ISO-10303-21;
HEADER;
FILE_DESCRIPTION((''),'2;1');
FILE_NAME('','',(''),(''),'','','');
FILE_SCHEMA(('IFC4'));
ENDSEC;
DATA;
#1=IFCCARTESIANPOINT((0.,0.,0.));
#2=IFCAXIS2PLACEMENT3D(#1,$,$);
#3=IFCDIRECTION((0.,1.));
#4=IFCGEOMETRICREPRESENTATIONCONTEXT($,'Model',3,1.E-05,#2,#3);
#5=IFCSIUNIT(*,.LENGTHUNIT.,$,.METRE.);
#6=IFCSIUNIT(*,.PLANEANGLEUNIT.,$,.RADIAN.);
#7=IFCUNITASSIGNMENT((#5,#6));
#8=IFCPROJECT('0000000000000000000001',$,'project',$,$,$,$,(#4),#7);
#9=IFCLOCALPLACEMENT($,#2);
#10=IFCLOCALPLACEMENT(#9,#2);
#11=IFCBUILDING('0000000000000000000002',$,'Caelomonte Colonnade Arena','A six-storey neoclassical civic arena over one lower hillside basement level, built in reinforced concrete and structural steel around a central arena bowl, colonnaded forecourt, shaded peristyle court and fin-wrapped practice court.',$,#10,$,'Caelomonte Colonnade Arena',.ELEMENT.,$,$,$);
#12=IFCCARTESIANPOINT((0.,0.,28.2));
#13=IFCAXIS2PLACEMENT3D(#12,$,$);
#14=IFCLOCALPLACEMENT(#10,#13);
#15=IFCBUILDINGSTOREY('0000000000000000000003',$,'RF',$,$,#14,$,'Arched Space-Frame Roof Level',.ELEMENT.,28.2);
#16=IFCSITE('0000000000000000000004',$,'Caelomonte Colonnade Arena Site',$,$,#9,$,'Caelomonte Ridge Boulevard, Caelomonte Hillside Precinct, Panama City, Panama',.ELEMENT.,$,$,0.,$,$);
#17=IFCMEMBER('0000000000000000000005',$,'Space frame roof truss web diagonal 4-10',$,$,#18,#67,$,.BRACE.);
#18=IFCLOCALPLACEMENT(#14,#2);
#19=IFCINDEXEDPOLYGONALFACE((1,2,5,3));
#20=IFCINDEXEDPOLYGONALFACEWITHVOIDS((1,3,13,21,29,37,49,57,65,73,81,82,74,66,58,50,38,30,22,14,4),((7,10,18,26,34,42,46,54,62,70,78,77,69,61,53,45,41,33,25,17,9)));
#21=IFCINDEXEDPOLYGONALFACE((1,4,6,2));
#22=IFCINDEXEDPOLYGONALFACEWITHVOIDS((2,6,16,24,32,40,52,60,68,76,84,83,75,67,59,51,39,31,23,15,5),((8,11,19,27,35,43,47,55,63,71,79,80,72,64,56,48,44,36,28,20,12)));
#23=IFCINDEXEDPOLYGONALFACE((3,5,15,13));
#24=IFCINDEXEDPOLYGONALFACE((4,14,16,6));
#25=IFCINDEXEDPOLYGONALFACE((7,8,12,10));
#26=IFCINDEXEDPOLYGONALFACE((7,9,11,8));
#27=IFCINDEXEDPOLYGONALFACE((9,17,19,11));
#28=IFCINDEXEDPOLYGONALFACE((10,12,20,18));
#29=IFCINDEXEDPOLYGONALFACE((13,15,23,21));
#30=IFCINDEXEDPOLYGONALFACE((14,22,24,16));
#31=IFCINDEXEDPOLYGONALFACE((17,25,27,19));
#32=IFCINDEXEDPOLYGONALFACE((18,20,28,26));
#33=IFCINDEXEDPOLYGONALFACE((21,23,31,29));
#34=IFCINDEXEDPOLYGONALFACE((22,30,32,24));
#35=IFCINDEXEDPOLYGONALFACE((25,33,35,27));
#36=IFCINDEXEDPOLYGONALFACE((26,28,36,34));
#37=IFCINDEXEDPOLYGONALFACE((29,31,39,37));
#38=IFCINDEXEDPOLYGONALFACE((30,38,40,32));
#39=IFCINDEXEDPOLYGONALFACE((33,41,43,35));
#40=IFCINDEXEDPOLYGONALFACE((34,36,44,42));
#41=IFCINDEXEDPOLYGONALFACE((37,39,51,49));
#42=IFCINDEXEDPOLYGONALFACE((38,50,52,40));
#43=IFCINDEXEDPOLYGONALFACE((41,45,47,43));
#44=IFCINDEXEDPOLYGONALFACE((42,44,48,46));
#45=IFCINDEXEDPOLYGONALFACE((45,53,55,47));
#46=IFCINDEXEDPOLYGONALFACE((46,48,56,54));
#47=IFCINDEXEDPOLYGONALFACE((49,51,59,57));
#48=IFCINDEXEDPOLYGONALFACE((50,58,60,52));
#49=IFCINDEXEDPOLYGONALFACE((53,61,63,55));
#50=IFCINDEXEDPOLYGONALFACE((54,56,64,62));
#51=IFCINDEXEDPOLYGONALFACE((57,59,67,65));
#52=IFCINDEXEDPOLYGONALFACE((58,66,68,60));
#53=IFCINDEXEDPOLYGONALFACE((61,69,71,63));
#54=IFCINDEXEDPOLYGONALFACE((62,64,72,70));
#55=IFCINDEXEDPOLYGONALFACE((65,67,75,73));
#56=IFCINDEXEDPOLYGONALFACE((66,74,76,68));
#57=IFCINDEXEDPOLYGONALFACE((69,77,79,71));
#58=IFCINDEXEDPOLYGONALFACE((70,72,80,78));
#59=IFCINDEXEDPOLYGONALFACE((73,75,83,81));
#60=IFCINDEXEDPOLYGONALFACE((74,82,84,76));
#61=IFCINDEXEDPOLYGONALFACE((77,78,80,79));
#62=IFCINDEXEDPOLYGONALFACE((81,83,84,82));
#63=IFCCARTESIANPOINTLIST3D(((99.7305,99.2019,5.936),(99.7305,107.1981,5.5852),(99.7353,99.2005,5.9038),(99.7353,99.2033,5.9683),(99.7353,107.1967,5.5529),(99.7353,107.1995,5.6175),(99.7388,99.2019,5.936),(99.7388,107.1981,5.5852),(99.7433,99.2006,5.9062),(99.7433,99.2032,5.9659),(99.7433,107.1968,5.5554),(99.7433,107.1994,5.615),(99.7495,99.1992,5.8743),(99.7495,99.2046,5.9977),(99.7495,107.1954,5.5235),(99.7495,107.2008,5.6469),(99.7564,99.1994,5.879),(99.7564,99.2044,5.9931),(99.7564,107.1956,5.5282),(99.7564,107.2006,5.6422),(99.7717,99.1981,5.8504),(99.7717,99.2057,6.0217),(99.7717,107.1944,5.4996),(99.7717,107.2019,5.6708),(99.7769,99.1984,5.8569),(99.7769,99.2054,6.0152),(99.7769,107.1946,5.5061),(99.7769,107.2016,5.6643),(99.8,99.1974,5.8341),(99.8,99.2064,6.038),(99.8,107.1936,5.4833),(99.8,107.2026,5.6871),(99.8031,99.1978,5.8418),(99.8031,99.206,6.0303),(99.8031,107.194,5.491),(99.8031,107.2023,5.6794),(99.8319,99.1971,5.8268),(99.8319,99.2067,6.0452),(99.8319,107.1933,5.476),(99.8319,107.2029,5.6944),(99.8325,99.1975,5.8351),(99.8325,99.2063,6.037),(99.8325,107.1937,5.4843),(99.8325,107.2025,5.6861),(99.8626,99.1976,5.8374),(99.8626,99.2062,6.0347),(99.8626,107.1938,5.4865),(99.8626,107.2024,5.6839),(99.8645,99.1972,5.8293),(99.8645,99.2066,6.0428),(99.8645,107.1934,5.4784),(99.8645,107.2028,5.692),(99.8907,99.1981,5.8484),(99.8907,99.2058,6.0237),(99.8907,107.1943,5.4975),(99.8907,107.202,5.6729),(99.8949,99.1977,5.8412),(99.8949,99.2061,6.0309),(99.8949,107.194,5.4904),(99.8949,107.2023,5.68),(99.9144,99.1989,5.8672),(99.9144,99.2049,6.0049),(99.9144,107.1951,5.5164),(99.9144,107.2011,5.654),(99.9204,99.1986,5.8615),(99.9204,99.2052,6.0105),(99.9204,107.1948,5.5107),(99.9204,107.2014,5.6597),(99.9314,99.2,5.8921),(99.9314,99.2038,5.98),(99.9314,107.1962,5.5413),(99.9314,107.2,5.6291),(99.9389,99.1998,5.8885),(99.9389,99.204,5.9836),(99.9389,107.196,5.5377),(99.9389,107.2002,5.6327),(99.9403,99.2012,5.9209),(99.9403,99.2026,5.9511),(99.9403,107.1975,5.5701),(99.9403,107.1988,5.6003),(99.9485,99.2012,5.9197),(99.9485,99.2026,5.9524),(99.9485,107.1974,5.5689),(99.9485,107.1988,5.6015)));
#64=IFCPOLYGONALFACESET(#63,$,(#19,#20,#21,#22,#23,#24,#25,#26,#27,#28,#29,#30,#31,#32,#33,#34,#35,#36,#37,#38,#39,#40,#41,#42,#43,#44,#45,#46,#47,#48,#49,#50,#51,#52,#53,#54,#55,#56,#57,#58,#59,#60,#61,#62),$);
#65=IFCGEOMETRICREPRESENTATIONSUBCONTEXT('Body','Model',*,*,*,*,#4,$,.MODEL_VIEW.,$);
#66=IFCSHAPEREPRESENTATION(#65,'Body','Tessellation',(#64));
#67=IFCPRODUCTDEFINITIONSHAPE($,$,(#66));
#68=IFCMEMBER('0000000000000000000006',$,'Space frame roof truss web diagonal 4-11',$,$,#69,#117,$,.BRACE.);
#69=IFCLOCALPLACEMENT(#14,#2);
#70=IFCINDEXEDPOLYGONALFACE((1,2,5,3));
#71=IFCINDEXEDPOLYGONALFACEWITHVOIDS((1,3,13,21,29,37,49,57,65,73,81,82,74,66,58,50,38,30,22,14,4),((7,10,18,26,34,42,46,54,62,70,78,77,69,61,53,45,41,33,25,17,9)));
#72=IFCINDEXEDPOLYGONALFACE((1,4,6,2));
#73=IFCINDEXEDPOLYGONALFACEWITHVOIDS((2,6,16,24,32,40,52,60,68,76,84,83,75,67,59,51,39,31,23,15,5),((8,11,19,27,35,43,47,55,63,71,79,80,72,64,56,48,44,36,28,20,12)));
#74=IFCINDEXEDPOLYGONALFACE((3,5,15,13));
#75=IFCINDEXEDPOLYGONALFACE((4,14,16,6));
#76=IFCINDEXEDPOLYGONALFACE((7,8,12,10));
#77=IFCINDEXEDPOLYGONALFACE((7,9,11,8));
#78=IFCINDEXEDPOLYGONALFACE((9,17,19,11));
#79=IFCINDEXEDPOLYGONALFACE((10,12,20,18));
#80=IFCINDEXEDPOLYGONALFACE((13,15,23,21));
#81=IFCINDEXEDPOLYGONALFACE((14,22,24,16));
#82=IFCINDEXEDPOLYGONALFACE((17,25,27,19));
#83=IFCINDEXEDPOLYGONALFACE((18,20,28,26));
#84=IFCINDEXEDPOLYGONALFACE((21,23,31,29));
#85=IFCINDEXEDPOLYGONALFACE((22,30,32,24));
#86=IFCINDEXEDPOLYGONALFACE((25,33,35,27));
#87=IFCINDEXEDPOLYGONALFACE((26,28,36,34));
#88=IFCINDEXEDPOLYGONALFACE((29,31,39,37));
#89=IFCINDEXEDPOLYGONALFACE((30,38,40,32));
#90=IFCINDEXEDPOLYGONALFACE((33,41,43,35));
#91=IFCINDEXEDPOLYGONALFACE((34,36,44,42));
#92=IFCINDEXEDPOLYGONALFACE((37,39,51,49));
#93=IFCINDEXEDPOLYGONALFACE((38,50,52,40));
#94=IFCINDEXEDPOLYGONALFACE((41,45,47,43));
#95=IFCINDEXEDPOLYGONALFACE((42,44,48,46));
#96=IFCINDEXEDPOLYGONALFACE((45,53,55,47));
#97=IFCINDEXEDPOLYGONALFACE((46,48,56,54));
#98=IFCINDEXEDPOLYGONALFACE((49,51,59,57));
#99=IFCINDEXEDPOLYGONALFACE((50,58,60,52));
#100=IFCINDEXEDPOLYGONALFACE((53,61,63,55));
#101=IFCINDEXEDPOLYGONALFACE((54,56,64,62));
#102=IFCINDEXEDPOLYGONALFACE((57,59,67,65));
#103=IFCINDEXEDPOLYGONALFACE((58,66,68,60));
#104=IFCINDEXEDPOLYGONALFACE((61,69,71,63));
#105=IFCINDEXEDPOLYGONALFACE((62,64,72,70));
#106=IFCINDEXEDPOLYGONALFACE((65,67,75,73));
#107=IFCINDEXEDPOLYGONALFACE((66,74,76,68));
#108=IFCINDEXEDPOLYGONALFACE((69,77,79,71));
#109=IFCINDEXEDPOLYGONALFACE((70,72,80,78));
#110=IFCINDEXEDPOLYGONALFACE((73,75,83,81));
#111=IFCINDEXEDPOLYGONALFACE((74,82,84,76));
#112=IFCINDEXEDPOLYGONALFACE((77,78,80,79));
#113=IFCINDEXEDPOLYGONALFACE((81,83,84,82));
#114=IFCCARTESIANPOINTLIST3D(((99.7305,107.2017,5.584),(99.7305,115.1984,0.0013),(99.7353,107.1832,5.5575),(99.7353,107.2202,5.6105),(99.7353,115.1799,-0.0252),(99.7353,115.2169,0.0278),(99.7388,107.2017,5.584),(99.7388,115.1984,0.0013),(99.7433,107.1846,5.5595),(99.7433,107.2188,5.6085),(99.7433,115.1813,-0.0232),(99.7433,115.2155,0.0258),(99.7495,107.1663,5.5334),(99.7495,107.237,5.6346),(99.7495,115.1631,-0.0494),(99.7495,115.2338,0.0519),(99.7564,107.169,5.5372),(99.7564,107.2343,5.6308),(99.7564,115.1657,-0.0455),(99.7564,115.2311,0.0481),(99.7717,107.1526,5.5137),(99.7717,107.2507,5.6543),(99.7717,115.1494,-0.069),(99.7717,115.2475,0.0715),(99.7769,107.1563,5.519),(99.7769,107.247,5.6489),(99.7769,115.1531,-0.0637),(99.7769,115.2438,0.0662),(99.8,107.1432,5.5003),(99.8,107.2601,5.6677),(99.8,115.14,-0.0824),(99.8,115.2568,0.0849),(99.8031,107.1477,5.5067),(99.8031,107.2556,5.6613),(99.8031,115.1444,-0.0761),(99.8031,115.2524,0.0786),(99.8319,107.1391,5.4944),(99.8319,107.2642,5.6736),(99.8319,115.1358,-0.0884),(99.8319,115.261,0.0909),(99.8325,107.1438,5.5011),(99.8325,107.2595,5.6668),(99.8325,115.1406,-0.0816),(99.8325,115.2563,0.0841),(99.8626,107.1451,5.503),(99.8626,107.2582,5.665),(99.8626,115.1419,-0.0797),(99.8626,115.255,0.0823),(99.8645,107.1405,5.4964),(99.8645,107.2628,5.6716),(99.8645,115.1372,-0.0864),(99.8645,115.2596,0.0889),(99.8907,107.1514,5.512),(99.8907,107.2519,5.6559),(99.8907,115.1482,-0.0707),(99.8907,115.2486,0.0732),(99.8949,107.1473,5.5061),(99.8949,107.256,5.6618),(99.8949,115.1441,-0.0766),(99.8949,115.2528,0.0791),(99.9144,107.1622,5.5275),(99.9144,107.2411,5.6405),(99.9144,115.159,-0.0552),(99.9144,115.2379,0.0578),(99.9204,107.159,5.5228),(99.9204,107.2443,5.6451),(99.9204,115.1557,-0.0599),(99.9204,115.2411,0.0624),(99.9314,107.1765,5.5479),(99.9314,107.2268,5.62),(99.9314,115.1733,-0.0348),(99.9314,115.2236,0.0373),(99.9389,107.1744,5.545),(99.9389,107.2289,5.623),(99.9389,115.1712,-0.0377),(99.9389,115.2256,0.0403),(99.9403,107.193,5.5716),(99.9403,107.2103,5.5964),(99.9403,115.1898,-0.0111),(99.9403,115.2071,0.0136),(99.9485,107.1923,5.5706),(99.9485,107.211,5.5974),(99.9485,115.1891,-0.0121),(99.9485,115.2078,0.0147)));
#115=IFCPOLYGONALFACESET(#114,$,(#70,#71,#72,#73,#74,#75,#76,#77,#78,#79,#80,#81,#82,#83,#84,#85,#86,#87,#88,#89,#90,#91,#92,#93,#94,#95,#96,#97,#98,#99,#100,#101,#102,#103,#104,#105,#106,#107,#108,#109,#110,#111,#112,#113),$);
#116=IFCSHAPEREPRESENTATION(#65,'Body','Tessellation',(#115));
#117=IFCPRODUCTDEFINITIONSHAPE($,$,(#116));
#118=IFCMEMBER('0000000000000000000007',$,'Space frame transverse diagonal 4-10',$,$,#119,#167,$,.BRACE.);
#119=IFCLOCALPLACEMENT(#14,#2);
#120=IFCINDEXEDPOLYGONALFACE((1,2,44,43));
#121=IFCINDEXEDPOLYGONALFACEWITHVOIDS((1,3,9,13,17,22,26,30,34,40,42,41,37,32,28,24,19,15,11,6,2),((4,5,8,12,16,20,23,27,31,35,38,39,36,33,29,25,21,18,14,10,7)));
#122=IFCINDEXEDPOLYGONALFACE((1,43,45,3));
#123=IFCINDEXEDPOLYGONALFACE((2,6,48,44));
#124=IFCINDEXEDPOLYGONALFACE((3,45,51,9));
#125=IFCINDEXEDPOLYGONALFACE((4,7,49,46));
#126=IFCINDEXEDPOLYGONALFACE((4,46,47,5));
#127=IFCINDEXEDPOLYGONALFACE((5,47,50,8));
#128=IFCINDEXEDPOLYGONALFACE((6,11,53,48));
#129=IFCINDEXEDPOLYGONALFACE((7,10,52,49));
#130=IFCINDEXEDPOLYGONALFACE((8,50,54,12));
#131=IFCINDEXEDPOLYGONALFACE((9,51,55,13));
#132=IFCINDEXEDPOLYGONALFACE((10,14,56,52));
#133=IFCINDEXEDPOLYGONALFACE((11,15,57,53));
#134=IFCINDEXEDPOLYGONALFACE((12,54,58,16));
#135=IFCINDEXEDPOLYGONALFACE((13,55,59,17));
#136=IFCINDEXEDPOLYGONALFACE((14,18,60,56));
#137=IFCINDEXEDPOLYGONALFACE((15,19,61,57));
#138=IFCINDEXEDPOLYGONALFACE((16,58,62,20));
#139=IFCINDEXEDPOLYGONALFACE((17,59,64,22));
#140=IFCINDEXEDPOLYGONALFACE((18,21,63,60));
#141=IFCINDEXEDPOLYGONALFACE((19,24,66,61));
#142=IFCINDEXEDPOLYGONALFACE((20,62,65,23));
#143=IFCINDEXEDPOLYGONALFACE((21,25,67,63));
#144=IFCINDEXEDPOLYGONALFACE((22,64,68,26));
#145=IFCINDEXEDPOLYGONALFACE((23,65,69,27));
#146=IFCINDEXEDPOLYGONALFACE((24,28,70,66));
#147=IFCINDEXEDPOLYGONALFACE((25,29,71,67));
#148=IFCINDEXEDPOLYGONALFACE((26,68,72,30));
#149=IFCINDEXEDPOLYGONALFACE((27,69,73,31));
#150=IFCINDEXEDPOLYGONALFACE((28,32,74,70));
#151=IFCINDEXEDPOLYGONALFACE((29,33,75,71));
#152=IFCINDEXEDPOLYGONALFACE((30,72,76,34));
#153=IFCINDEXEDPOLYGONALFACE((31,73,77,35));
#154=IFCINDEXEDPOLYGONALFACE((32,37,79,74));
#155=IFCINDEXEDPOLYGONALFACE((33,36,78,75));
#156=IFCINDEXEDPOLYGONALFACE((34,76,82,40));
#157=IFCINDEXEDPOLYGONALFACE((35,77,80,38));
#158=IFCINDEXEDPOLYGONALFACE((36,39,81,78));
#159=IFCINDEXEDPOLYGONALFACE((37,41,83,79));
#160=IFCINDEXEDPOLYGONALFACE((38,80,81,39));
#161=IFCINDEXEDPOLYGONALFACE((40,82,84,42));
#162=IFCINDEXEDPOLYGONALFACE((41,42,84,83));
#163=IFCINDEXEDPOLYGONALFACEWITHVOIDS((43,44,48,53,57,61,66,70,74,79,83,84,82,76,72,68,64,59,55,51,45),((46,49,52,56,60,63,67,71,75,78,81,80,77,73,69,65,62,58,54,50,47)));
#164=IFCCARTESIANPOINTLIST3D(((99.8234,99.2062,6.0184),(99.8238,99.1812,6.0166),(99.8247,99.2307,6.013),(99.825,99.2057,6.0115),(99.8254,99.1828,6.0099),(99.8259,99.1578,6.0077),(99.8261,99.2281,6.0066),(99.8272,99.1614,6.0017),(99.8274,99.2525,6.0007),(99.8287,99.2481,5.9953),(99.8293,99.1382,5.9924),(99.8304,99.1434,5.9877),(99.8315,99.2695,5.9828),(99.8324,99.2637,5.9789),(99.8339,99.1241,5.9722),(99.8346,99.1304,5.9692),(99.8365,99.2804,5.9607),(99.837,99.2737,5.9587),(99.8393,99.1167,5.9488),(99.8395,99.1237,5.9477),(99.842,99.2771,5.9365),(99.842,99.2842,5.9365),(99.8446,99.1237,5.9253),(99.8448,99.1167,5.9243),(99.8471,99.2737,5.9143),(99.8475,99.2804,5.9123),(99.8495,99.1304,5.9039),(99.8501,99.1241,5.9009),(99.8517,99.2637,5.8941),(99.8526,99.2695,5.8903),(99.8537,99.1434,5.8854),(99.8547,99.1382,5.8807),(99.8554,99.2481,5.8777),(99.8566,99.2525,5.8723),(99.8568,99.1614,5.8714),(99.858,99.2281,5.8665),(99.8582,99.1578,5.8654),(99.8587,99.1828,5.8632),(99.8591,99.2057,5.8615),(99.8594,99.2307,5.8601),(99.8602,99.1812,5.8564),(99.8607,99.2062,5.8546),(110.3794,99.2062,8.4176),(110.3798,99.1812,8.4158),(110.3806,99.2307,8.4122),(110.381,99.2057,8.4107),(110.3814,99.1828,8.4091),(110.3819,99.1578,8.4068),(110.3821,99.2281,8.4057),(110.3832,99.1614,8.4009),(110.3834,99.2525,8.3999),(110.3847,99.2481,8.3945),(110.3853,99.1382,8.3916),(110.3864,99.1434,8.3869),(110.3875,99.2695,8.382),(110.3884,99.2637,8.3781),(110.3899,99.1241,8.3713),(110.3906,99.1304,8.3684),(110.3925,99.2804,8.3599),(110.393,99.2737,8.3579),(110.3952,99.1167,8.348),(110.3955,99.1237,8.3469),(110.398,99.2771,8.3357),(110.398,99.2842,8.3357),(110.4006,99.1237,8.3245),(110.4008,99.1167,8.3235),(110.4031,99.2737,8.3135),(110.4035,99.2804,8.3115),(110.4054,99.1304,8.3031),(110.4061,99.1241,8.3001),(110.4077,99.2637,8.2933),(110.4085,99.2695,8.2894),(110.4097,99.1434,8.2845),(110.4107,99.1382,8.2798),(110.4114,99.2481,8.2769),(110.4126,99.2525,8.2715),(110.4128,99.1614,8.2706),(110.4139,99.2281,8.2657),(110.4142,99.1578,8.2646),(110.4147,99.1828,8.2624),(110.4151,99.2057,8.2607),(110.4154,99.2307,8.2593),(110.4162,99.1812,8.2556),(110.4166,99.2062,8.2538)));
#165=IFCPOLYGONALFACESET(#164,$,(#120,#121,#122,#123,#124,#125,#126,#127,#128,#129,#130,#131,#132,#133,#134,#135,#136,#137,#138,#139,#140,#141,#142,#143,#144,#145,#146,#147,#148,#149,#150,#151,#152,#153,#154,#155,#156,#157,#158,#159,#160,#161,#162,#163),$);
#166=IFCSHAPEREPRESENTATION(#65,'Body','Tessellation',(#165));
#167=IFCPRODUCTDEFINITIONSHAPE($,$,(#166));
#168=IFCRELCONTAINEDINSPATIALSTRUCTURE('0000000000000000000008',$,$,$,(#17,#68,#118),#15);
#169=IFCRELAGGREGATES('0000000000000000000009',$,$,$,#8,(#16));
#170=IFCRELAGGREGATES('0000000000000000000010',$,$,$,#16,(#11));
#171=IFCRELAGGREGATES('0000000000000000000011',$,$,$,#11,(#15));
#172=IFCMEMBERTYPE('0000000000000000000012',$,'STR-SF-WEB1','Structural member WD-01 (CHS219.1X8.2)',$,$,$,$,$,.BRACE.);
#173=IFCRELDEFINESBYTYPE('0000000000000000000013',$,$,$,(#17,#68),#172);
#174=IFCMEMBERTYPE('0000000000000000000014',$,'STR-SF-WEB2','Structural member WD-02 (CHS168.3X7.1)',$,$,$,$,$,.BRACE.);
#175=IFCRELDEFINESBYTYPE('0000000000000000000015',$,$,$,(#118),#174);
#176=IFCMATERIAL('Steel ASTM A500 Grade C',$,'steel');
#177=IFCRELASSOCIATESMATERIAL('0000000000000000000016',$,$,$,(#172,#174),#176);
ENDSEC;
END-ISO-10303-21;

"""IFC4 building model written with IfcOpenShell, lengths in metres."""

from ifc_helpers import new_model, si_unit, direction, frame, origin, origin_2d, place, context, subcontext, project, spatial, hollow_circle, extrude, material, material_profile, profile_set, type_object, element, save


model = new_model("IFC4")

# Units and contexts
model_context = context("Model", 3, precision=1e-05, world=origin(), true_north=direction((0.0, 1.0)))
body_context = subcontext(model_context, "Body", "Model", "MODEL_VIEW")
ifc_project = project(units=[si_unit("LENGTHUNIT", "METRE"), si_unit("PLANEANGLEUNIT", "RADIAN")], contexts=[model_context])

# Site, building, storey
site_placement = place(None, origin())
site = spatial("IfcSite", under=ifc_project, at=site_placement, Name="Caelomonte Colonnade Arena Site", LongName="Caelomonte Ridge Boulevard, Caelomonte Hillside Precinct, Panama City, Panama", CompositionType="ELEMENT", RefElevation=0.0)
building_placement = place(site_placement, origin())
building = spatial("IfcBuilding", under=site, at=building_placement, Name="Caelomonte Colonnade Arena", Description="A six-storey neoclassical civic arena over one lower hillside basement level, built in reinforced concrete and structural steel around a central arena bowl, colonnaded forecourt, shaded peristyle court and fin-wrapped practice court.", LongName="Caelomonte Colonnade Arena", CompositionType="ELEMENT")
storey_placement = place(building_placement, frame((0.0, 0.0, 28.2)))
storey = spatial("IfcBuildingStorey", under=building, at=storey_placement, Name="RF", LongName="Arched Space-Frame Roof Level", CompositionType="ELEMENT", Elevation=28.2)

# Members
ifc_material_1 = material(Name="Steel ASTM A500 Grade C", Category="steel")
ifc_material_profile_1 = material_profile(ifc_material_1, hollow_circle(Radius=0.1096, WallThickness=0.0083, at=origin_2d()), Name="CHS219.1X8.2")
ifc_profile_set_1 = profile_set([ifc_material_profile_1], Name="Steel ASTM A500 Grade C")
member_type_1 = type_object("IfcMemberType", Name="STR-SF-WEB1", Description="Structural member WD-01 (CHS219.1X8.2)", PredefinedType="BRACE", material=ifc_profile_set_1)
member_1_placement = place(storey_placement, frame((99.8401, 99.2019, 5.936), z_axis=(0.0, 0.999039, -0.043833), x_axis=(-1.0, 0.0, 0.0)))
element("IfcMember", 1, at=member_1_placement, inside=storey, type_object=member_type_1, Name="Space frame roof truss web diagonal 4-10", PredefinedType="BRACE", context=body_context, shape_type="SweptSolid", body=[
    extrude(hollow_circle(Radius=0.1096, WallThickness=0.0083, at=origin_2d()), origin(), (0.0, 0.0, 1.0), 8.0039),
])
member_2_placement = place(storey_placement, frame((99.8401, 107.2017, 5.584), z_axis=(0.0, 0.819955, -0.572429), x_axis=(-1.0, 0.0, 0.0)))
element("IfcMember", 2, at=member_2_placement, inside=storey, type_object=member_type_1, Name="Space frame roof truss web diagonal 4-11", PredefinedType="BRACE", context=body_context, shape_type="SweptSolid", body=[
    extrude(hollow_circle(Radius=0.1096, WallThickness=0.0083, at=origin_2d()), origin(), (0.0, 0.0, 1.0), 9.7527),
])
ifc_material_profile_2 = material_profile(ifc_material_1, hollow_circle(Radius=0.0842, WallThickness=0.0071, at=origin_2d()), Name="CHS168.3X7.1")
ifc_profile_set_2 = profile_set([ifc_material_profile_2], Name="Steel ASTM A500 Grade C")
member_type_2 = type_object("IfcMemberType", Name="STR-SF-WEB2", Description="Structural member WD-02 (CHS168.3X7.1)", PredefinedType="BRACE", material=ifc_profile_set_2)
for number, where, z_axis, x_axis, name in (
    (3, (99.842, 99.2, 5.9365), (0.975131, 0.0, 0.22163), (0.0, 1.0, 0.0), "Space frame transverse diagonal 4-10"),
):
    element("IfcMember", number, at=place(storey_placement, frame(where, z_axis=z_axis, x_axis=x_axis)), inside=storey, type_object=member_type_2, Name=name, PredefinedType="BRACE", context=body_context, shape_type="SweptSolid", body=[
        extrude(hollow_circle(Radius=0.0842, WallThickness=0.0071, at=origin_2d()), origin(), (0.0, 0.0, 1.0), 10.8252),
    ])

save(model, "model.ifc")
